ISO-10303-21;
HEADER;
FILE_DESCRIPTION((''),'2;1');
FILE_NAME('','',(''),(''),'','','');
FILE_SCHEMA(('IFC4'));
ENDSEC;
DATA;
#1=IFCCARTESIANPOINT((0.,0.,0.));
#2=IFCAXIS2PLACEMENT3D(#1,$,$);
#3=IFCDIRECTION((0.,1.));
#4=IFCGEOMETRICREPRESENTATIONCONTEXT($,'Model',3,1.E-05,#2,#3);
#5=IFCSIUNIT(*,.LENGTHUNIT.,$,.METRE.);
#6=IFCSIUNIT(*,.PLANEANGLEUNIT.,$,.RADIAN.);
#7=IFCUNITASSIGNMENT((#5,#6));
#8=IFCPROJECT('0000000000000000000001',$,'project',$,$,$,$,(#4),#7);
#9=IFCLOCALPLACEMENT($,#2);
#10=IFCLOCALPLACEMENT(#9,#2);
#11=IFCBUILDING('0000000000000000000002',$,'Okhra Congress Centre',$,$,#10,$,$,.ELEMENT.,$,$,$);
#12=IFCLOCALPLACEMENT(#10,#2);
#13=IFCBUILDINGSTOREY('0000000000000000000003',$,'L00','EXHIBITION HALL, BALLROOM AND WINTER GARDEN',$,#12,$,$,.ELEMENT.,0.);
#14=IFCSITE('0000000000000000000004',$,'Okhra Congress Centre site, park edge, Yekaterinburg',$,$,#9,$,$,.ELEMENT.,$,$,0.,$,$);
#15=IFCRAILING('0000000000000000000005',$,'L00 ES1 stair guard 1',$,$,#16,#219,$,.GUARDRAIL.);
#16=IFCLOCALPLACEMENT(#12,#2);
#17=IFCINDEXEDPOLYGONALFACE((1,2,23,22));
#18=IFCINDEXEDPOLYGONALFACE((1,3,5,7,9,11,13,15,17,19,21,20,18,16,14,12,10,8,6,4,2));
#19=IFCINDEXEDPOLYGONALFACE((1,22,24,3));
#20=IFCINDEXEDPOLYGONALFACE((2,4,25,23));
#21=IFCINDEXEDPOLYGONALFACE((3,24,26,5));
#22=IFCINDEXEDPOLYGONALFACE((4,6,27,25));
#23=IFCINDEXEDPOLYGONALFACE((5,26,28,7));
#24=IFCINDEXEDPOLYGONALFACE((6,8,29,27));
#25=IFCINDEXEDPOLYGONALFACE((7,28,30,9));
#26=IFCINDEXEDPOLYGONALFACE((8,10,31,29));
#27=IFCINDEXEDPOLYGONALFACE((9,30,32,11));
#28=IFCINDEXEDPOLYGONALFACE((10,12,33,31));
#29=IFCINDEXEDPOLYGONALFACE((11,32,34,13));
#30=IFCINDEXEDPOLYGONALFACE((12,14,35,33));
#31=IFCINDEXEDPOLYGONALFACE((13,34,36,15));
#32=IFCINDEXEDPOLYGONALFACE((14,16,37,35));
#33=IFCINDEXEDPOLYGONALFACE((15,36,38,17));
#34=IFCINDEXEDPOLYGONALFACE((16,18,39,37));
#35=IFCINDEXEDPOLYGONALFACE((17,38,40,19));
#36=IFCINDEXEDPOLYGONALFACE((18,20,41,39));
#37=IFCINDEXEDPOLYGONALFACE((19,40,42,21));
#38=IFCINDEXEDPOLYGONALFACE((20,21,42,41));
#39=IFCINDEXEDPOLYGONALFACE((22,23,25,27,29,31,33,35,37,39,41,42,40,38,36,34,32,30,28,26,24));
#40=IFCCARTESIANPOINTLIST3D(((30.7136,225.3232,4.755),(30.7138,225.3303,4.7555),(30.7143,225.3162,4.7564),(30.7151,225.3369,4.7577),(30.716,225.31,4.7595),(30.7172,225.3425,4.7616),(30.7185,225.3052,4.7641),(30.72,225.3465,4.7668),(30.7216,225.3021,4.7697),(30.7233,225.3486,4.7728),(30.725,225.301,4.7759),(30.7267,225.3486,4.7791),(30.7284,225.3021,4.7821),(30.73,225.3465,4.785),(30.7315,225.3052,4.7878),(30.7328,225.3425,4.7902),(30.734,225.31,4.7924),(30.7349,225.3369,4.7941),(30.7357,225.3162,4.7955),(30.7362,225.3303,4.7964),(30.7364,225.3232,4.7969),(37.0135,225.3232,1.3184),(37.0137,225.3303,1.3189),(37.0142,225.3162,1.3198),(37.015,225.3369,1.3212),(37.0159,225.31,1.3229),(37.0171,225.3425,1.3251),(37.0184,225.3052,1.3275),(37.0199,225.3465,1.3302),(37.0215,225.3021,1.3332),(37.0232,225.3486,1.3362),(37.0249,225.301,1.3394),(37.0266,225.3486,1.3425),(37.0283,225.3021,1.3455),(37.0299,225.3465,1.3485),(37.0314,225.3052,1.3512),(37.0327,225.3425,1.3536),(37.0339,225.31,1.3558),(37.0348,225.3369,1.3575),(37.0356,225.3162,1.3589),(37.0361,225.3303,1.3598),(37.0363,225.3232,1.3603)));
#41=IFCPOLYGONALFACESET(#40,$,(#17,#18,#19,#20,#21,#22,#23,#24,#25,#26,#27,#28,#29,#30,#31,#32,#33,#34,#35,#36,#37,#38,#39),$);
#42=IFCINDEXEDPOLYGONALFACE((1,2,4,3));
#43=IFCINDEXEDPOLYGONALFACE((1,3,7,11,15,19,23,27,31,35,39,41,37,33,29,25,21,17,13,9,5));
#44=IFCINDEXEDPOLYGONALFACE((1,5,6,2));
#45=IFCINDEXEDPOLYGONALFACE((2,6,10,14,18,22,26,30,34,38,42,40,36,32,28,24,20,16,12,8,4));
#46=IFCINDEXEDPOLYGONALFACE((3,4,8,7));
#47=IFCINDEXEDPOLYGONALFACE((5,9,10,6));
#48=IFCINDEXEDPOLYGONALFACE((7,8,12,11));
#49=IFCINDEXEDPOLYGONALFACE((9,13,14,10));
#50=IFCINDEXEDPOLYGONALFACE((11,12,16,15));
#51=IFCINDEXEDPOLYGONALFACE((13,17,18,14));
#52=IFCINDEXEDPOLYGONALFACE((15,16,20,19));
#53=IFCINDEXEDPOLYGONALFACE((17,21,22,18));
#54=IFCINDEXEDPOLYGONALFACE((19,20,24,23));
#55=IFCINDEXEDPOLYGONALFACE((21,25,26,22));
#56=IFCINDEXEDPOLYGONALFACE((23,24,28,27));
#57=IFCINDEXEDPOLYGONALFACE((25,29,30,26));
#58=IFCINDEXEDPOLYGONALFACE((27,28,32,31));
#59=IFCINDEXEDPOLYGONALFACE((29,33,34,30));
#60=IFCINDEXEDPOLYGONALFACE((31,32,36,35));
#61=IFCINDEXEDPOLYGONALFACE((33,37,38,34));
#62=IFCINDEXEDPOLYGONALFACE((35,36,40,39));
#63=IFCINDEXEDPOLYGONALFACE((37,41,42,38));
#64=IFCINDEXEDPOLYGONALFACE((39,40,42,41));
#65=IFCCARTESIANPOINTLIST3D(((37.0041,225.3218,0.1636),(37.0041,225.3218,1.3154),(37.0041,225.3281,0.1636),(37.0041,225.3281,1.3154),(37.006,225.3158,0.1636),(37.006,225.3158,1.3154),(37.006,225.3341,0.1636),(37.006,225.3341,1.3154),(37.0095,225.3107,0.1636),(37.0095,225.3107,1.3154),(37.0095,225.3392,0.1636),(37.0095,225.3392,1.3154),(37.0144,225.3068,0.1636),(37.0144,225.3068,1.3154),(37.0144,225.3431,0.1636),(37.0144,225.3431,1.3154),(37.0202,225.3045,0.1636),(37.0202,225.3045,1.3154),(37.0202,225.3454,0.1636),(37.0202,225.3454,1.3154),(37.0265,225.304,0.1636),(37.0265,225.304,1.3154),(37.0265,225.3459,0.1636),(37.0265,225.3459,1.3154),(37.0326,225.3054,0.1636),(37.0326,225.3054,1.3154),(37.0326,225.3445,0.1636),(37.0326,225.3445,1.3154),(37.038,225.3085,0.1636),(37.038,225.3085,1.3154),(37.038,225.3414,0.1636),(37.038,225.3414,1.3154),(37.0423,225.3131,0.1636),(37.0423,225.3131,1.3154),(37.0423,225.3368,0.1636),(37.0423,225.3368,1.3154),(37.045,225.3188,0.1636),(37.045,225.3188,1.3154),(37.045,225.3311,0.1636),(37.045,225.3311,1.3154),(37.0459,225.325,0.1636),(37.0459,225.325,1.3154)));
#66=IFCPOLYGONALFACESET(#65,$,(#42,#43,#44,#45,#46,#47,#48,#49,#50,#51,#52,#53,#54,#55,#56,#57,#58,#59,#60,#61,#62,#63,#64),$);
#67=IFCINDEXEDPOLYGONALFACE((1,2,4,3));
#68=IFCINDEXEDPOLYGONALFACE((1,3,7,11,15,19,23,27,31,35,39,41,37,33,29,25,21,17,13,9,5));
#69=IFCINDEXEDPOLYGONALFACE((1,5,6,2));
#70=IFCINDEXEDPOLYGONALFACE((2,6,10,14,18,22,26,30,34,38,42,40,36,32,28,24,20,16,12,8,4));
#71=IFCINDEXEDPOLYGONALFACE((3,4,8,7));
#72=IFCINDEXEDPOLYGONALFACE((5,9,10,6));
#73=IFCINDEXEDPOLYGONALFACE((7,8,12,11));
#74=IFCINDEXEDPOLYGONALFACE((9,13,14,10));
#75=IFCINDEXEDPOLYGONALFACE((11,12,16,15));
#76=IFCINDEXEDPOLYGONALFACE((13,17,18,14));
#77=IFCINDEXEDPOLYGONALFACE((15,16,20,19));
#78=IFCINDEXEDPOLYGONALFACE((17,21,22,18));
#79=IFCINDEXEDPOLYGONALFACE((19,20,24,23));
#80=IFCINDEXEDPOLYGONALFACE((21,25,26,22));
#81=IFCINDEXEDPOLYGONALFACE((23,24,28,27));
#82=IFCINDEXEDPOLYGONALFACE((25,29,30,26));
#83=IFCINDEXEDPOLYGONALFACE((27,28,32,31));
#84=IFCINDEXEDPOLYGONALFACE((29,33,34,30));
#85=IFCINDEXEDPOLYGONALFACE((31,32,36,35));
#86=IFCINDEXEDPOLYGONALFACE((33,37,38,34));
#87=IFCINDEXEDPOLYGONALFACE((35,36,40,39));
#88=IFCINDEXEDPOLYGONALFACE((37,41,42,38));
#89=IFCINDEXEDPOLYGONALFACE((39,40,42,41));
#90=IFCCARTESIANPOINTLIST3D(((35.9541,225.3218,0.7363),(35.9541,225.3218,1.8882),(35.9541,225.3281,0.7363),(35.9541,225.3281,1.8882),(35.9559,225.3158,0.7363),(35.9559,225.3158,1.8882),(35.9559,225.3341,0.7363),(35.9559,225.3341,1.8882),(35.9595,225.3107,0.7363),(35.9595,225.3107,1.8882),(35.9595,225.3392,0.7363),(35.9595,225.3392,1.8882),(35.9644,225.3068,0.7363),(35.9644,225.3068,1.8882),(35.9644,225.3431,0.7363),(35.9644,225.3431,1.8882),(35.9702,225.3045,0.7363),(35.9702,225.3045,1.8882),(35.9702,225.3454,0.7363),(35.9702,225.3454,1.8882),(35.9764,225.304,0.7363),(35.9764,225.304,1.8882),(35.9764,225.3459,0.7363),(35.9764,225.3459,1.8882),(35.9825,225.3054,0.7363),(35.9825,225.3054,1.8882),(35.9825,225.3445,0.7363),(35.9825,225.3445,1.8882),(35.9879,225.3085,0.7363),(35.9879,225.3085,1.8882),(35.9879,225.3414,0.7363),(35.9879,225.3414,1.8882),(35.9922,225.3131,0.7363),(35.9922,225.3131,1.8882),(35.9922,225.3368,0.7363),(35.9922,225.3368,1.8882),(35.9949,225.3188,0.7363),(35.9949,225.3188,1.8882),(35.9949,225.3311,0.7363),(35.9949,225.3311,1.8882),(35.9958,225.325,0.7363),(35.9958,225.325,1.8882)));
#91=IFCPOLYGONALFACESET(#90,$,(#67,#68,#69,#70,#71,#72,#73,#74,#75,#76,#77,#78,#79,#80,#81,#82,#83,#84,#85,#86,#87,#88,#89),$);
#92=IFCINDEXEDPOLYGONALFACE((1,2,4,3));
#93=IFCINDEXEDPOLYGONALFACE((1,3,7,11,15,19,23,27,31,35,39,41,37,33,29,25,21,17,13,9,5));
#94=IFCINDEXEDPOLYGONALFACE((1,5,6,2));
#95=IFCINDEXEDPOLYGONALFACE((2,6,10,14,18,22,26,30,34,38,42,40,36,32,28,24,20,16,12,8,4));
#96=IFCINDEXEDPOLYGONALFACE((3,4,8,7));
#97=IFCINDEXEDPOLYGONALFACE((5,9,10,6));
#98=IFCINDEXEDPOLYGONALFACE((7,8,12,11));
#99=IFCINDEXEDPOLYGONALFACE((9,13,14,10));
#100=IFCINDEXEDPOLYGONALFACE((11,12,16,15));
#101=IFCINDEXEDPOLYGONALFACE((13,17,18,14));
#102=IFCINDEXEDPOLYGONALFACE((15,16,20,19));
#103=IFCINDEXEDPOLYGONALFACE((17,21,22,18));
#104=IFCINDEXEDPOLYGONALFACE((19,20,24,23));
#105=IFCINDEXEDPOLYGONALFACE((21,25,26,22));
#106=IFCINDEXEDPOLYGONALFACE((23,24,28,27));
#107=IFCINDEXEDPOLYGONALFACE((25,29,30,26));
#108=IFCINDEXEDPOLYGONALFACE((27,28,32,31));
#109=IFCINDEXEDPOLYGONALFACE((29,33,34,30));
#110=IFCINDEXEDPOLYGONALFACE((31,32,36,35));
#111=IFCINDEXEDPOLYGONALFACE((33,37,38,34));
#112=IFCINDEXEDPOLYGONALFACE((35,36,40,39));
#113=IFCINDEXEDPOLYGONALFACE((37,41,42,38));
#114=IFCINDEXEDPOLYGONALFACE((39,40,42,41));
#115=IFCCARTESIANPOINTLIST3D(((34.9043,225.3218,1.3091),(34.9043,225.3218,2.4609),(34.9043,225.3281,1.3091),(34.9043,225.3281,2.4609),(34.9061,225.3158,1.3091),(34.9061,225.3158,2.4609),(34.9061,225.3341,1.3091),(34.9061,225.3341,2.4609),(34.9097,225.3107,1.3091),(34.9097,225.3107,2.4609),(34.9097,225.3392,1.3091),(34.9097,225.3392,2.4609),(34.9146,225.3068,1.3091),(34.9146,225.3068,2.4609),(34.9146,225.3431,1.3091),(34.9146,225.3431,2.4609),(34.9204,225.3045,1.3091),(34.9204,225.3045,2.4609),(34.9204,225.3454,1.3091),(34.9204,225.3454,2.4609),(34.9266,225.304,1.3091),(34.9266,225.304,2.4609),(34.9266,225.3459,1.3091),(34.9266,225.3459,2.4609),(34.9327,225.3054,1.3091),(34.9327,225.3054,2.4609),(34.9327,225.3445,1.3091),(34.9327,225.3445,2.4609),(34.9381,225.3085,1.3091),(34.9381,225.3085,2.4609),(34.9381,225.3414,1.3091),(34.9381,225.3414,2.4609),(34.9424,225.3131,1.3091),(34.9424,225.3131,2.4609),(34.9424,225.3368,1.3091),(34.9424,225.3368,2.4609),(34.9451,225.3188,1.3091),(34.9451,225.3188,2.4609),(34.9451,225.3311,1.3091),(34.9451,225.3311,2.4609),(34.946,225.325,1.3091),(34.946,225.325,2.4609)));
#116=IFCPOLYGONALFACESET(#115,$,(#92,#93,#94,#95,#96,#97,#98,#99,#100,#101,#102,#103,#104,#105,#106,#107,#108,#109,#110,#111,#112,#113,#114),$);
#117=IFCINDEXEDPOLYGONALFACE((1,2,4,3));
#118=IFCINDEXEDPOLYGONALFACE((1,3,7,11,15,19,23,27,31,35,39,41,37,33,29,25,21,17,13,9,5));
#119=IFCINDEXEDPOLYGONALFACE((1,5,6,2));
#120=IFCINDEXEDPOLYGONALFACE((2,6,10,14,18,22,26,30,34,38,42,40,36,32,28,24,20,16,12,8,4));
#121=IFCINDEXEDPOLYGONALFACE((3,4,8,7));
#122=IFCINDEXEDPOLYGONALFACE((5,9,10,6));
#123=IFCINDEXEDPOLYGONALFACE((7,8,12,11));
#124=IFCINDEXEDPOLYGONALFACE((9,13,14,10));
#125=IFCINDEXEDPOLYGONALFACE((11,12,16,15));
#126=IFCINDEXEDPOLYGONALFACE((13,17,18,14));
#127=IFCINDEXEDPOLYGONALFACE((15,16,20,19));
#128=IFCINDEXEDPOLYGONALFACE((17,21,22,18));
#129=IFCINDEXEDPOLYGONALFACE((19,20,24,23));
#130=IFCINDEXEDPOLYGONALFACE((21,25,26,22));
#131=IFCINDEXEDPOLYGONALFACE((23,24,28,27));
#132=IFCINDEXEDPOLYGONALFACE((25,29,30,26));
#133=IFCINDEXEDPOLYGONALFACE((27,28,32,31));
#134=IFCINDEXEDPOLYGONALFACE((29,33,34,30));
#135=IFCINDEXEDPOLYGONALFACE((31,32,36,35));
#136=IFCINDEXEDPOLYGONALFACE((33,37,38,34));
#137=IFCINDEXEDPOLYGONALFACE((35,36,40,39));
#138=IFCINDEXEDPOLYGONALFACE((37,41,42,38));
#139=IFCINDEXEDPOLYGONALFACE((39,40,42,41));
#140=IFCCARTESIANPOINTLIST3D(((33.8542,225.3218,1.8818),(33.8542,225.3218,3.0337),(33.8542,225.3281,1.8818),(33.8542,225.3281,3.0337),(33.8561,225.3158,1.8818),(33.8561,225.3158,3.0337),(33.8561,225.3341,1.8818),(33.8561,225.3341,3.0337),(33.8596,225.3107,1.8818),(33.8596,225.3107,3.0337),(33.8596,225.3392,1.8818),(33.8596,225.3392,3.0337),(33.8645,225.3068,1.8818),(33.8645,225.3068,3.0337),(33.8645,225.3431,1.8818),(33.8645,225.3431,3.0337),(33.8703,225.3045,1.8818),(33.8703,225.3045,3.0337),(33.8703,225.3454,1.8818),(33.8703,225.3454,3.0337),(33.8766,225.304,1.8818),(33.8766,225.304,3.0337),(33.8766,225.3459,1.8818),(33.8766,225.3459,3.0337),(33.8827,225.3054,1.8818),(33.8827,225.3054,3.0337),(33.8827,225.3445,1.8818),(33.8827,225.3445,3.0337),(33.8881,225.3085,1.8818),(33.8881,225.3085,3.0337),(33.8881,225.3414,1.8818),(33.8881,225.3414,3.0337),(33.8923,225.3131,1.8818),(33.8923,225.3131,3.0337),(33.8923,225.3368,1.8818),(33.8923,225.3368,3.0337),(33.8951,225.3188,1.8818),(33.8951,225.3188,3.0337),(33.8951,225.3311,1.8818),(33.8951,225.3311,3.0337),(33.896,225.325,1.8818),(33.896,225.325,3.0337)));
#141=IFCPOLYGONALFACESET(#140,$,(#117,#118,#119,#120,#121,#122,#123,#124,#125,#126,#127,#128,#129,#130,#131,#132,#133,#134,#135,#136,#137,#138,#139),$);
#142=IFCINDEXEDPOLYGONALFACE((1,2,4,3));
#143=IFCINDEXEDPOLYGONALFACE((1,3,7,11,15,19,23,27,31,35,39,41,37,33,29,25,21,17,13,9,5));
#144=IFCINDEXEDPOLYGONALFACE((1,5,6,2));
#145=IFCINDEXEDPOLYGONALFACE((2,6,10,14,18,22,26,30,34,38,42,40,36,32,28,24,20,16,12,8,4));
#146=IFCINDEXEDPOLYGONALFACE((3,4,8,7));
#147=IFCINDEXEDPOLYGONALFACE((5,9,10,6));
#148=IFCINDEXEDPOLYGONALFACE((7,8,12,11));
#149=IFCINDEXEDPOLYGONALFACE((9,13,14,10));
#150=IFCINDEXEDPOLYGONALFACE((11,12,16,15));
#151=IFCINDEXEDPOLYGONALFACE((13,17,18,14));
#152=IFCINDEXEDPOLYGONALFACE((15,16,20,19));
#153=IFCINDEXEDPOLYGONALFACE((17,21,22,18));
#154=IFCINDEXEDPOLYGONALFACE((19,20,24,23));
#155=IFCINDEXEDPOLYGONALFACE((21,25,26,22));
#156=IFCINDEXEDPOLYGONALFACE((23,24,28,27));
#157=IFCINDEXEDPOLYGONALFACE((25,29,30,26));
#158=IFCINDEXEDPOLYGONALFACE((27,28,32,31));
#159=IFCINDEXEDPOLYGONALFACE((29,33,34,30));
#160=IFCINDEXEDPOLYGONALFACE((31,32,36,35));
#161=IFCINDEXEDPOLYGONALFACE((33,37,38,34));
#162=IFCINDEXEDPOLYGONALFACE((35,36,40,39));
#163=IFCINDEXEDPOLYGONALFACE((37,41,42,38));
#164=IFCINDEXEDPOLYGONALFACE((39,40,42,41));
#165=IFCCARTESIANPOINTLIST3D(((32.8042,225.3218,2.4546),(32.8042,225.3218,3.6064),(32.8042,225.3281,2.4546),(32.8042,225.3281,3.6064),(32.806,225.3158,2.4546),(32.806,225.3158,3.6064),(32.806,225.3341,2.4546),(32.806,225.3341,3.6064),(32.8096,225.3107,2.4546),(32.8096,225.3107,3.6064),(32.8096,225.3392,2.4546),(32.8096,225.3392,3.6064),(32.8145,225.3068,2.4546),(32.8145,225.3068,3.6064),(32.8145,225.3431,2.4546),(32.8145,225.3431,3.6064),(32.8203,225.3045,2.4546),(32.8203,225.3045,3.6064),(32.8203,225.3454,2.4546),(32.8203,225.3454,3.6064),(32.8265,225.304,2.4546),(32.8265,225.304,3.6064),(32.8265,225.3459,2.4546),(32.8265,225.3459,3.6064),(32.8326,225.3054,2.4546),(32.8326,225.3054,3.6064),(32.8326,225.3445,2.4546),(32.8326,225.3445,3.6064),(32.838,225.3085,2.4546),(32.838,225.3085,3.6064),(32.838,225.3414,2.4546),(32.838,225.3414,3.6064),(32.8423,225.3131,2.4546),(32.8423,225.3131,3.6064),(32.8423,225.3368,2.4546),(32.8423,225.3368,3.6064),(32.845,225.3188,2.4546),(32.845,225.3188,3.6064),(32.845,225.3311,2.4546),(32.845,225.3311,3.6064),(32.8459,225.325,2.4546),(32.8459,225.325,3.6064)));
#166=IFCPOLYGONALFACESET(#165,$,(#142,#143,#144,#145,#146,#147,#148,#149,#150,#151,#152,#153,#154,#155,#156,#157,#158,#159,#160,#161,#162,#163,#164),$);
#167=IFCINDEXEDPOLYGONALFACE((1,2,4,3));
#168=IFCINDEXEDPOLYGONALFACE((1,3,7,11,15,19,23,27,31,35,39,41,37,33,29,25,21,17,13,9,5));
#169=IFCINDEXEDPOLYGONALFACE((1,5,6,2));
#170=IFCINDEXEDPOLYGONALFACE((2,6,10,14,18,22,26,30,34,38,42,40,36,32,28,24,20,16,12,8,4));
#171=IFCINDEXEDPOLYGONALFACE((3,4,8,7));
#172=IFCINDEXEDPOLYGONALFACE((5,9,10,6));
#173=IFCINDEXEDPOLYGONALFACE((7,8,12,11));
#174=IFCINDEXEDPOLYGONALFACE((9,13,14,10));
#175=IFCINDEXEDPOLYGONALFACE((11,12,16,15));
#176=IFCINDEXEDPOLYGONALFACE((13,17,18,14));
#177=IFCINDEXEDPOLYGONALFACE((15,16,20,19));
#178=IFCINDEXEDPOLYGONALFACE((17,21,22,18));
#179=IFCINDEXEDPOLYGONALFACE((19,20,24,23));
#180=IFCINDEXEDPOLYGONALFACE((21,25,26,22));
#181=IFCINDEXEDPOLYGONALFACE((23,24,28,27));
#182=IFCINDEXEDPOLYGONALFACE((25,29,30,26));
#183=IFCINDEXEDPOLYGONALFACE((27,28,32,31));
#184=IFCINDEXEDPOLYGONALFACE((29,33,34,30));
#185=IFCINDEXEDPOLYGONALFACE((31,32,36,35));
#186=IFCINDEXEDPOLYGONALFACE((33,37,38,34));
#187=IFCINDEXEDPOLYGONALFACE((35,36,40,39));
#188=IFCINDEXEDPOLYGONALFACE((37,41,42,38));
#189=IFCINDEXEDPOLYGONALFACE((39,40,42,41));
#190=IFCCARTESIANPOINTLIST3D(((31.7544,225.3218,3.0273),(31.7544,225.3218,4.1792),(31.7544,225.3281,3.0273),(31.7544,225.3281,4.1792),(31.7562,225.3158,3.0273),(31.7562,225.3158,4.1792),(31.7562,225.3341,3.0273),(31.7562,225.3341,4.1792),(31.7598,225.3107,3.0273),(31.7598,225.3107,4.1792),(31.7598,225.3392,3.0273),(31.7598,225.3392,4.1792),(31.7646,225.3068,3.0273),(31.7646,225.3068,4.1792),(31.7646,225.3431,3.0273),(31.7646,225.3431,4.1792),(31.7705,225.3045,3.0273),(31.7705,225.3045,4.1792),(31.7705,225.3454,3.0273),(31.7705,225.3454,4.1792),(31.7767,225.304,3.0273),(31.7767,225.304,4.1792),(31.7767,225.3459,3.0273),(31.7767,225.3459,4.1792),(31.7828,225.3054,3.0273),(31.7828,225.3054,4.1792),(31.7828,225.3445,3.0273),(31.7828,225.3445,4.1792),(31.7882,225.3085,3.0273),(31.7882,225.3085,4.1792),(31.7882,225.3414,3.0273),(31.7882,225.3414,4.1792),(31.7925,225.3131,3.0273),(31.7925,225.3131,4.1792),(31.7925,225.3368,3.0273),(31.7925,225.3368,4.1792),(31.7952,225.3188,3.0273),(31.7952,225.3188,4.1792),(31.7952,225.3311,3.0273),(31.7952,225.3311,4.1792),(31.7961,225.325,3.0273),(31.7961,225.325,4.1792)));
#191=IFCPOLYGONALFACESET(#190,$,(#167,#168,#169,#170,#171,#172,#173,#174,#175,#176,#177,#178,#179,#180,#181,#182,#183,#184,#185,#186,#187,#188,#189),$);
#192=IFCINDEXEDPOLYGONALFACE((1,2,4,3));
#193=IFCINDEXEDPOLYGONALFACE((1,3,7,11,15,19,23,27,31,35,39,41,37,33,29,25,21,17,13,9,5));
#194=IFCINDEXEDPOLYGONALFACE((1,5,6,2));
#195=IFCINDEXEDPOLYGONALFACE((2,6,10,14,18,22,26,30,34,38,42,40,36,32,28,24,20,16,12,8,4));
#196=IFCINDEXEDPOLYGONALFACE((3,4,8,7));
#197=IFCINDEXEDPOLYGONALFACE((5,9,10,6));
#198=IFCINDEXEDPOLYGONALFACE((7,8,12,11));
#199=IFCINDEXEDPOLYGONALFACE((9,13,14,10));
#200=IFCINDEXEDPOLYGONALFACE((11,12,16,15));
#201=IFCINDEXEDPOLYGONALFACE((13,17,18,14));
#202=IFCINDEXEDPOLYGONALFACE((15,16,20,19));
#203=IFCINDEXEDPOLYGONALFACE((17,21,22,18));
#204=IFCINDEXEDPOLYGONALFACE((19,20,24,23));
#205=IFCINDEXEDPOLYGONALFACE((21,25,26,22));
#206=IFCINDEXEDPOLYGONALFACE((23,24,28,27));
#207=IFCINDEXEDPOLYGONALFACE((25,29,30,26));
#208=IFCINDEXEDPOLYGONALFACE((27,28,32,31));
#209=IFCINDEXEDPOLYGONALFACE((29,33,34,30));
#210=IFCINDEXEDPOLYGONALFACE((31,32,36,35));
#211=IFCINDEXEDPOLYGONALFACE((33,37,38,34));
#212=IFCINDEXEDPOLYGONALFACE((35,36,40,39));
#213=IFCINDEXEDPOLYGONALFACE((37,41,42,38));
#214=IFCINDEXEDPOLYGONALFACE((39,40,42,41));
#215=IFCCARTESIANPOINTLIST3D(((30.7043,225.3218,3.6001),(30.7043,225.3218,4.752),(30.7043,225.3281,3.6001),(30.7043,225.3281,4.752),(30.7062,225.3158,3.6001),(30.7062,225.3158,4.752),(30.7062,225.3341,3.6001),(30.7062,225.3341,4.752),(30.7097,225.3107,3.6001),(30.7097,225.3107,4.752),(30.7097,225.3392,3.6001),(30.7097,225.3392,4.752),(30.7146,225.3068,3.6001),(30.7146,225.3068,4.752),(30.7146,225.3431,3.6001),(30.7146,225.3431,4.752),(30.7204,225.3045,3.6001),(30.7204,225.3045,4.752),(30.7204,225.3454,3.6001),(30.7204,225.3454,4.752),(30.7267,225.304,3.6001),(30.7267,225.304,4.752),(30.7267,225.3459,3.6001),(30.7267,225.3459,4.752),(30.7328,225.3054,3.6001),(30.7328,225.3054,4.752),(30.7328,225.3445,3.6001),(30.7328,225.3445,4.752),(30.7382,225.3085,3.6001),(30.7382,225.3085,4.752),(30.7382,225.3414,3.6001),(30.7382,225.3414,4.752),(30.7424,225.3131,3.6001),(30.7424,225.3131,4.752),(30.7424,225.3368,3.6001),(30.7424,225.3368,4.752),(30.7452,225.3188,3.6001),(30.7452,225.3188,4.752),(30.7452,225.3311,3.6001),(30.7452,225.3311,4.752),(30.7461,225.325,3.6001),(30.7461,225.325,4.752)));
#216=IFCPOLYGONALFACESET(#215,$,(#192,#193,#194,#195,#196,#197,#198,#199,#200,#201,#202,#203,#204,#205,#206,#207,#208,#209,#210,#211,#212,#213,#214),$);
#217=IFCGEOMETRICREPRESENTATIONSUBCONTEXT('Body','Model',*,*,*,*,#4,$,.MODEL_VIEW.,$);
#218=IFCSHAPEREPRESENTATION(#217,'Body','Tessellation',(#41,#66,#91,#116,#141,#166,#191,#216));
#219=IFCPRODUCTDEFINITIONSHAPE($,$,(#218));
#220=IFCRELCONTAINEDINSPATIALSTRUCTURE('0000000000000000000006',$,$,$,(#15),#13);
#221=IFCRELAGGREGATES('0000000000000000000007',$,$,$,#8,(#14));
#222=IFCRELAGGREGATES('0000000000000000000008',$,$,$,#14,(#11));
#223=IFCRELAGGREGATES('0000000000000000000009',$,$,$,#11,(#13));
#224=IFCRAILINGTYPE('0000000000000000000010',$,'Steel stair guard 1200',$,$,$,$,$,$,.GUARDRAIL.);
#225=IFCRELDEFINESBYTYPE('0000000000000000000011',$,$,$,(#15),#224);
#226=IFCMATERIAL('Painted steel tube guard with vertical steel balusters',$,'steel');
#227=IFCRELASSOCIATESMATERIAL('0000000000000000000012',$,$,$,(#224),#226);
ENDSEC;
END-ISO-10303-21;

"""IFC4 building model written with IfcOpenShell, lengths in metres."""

from ifc_helpers import new_model, si_unit, direction, frame, origin, origin_2d, place, context, subcontext, project, spatial, circle, extrude, material, type_object, element, save


model = new_model("IFC4")

# Units and contexts
model_context = context("Model", 3, precision=1e-05, world=origin(), true_north=direction((0.0, 1.0)))
body_context = subcontext(model_context, "Body", "Model", "MODEL_VIEW")
ifc_project = project(units=[si_unit("LENGTHUNIT", "METRE"), si_unit("PLANEANGLEUNIT", "RADIAN")], contexts=[model_context])

# Site, building, storey
site_placement = place(None, origin())
site = spatial("IfcSite", under=ifc_project, at=site_placement, Name="Okhra Congress Centre site, park edge, Yekaterinburg", CompositionType="ELEMENT", RefElevation=0.0)
building_placement = place(site_placement, origin())
building = spatial("IfcBuilding", under=site, at=building_placement, Name="Okhra Congress Centre", CompositionType="ELEMENT")
storey_placement = place(building_placement, origin())
storey = spatial("IfcBuildingStorey", under=building, at=storey_placement, Name="L00", Description="EXHIBITION HALL, BALLROOM AND WINTER GARDEN", CompositionType="ELEMENT", Elevation=0.0)

# Railing
ifc_material_1 = material(Name="Painted steel tube guard with vertical steel balusters", Category="steel")
railing_type_1 = type_object("IfcRailingType", Name="Steel stair guard 1200", PredefinedType="GUARDRAIL", material=ifc_material_1)
railing_1_placement = place(storey_placement, frame((37.0249, 225.325, 0.1636)))
element("IfcRailing", 1, at=railing_1_placement, inside=storey, type_object=railing_type_1, Name="L00 ES1 stair guard 1", PredefinedType="GUARDRAIL", context=body_context, shape_type="SweptSolid", body=[
    extrude(circle(Radius=0.0239, at=origin_2d()), frame((0.0, 0.0, 1.1758), z_axis=(-0.87788, 0.0, 0.478881), x_axis=(0.0, -1.0, 0.0)), (0.0, 0.0, 1.0), 7.1763),
    extrude(circle(Radius=0.021, at=origin_2d()), origin(), (0.0, 0.0, 1.0), 1.1519),
    extrude(circle(Radius=0.021, at=origin_2d()), frame((-1.05, 0.0, 0.5728)), (0.0, 0.0, 1.0), 1.1519),
    extrude(circle(Radius=0.021, at=origin_2d()), frame((-2.0999, 0.0, 1.1455)), (0.0, 0.0, 1.0), 1.1519),
    extrude(circle(Radius=0.021, at=origin_2d()), frame((-3.1499, 0.0, 1.7183)), (0.0, 0.0, 1.0), 1.1519),
    extrude(circle(Radius=0.021, at=origin_2d()), frame((-4.2, 0.0, 2.291)), (0.0, 0.0, 1.0), 1.1519),
    extrude(circle(Radius=0.021, at=origin_2d()), frame((-5.2498, 0.0, 2.8638)), (0.0, 0.0, 1.0), 1.1519),
    extrude(circle(Radius=0.021, at=origin_2d()), frame((-6.2998, 0.0, 3.4365)), (0.0, 0.0, 1.0), 1.1519),
])

save(model, "model.ifc")
